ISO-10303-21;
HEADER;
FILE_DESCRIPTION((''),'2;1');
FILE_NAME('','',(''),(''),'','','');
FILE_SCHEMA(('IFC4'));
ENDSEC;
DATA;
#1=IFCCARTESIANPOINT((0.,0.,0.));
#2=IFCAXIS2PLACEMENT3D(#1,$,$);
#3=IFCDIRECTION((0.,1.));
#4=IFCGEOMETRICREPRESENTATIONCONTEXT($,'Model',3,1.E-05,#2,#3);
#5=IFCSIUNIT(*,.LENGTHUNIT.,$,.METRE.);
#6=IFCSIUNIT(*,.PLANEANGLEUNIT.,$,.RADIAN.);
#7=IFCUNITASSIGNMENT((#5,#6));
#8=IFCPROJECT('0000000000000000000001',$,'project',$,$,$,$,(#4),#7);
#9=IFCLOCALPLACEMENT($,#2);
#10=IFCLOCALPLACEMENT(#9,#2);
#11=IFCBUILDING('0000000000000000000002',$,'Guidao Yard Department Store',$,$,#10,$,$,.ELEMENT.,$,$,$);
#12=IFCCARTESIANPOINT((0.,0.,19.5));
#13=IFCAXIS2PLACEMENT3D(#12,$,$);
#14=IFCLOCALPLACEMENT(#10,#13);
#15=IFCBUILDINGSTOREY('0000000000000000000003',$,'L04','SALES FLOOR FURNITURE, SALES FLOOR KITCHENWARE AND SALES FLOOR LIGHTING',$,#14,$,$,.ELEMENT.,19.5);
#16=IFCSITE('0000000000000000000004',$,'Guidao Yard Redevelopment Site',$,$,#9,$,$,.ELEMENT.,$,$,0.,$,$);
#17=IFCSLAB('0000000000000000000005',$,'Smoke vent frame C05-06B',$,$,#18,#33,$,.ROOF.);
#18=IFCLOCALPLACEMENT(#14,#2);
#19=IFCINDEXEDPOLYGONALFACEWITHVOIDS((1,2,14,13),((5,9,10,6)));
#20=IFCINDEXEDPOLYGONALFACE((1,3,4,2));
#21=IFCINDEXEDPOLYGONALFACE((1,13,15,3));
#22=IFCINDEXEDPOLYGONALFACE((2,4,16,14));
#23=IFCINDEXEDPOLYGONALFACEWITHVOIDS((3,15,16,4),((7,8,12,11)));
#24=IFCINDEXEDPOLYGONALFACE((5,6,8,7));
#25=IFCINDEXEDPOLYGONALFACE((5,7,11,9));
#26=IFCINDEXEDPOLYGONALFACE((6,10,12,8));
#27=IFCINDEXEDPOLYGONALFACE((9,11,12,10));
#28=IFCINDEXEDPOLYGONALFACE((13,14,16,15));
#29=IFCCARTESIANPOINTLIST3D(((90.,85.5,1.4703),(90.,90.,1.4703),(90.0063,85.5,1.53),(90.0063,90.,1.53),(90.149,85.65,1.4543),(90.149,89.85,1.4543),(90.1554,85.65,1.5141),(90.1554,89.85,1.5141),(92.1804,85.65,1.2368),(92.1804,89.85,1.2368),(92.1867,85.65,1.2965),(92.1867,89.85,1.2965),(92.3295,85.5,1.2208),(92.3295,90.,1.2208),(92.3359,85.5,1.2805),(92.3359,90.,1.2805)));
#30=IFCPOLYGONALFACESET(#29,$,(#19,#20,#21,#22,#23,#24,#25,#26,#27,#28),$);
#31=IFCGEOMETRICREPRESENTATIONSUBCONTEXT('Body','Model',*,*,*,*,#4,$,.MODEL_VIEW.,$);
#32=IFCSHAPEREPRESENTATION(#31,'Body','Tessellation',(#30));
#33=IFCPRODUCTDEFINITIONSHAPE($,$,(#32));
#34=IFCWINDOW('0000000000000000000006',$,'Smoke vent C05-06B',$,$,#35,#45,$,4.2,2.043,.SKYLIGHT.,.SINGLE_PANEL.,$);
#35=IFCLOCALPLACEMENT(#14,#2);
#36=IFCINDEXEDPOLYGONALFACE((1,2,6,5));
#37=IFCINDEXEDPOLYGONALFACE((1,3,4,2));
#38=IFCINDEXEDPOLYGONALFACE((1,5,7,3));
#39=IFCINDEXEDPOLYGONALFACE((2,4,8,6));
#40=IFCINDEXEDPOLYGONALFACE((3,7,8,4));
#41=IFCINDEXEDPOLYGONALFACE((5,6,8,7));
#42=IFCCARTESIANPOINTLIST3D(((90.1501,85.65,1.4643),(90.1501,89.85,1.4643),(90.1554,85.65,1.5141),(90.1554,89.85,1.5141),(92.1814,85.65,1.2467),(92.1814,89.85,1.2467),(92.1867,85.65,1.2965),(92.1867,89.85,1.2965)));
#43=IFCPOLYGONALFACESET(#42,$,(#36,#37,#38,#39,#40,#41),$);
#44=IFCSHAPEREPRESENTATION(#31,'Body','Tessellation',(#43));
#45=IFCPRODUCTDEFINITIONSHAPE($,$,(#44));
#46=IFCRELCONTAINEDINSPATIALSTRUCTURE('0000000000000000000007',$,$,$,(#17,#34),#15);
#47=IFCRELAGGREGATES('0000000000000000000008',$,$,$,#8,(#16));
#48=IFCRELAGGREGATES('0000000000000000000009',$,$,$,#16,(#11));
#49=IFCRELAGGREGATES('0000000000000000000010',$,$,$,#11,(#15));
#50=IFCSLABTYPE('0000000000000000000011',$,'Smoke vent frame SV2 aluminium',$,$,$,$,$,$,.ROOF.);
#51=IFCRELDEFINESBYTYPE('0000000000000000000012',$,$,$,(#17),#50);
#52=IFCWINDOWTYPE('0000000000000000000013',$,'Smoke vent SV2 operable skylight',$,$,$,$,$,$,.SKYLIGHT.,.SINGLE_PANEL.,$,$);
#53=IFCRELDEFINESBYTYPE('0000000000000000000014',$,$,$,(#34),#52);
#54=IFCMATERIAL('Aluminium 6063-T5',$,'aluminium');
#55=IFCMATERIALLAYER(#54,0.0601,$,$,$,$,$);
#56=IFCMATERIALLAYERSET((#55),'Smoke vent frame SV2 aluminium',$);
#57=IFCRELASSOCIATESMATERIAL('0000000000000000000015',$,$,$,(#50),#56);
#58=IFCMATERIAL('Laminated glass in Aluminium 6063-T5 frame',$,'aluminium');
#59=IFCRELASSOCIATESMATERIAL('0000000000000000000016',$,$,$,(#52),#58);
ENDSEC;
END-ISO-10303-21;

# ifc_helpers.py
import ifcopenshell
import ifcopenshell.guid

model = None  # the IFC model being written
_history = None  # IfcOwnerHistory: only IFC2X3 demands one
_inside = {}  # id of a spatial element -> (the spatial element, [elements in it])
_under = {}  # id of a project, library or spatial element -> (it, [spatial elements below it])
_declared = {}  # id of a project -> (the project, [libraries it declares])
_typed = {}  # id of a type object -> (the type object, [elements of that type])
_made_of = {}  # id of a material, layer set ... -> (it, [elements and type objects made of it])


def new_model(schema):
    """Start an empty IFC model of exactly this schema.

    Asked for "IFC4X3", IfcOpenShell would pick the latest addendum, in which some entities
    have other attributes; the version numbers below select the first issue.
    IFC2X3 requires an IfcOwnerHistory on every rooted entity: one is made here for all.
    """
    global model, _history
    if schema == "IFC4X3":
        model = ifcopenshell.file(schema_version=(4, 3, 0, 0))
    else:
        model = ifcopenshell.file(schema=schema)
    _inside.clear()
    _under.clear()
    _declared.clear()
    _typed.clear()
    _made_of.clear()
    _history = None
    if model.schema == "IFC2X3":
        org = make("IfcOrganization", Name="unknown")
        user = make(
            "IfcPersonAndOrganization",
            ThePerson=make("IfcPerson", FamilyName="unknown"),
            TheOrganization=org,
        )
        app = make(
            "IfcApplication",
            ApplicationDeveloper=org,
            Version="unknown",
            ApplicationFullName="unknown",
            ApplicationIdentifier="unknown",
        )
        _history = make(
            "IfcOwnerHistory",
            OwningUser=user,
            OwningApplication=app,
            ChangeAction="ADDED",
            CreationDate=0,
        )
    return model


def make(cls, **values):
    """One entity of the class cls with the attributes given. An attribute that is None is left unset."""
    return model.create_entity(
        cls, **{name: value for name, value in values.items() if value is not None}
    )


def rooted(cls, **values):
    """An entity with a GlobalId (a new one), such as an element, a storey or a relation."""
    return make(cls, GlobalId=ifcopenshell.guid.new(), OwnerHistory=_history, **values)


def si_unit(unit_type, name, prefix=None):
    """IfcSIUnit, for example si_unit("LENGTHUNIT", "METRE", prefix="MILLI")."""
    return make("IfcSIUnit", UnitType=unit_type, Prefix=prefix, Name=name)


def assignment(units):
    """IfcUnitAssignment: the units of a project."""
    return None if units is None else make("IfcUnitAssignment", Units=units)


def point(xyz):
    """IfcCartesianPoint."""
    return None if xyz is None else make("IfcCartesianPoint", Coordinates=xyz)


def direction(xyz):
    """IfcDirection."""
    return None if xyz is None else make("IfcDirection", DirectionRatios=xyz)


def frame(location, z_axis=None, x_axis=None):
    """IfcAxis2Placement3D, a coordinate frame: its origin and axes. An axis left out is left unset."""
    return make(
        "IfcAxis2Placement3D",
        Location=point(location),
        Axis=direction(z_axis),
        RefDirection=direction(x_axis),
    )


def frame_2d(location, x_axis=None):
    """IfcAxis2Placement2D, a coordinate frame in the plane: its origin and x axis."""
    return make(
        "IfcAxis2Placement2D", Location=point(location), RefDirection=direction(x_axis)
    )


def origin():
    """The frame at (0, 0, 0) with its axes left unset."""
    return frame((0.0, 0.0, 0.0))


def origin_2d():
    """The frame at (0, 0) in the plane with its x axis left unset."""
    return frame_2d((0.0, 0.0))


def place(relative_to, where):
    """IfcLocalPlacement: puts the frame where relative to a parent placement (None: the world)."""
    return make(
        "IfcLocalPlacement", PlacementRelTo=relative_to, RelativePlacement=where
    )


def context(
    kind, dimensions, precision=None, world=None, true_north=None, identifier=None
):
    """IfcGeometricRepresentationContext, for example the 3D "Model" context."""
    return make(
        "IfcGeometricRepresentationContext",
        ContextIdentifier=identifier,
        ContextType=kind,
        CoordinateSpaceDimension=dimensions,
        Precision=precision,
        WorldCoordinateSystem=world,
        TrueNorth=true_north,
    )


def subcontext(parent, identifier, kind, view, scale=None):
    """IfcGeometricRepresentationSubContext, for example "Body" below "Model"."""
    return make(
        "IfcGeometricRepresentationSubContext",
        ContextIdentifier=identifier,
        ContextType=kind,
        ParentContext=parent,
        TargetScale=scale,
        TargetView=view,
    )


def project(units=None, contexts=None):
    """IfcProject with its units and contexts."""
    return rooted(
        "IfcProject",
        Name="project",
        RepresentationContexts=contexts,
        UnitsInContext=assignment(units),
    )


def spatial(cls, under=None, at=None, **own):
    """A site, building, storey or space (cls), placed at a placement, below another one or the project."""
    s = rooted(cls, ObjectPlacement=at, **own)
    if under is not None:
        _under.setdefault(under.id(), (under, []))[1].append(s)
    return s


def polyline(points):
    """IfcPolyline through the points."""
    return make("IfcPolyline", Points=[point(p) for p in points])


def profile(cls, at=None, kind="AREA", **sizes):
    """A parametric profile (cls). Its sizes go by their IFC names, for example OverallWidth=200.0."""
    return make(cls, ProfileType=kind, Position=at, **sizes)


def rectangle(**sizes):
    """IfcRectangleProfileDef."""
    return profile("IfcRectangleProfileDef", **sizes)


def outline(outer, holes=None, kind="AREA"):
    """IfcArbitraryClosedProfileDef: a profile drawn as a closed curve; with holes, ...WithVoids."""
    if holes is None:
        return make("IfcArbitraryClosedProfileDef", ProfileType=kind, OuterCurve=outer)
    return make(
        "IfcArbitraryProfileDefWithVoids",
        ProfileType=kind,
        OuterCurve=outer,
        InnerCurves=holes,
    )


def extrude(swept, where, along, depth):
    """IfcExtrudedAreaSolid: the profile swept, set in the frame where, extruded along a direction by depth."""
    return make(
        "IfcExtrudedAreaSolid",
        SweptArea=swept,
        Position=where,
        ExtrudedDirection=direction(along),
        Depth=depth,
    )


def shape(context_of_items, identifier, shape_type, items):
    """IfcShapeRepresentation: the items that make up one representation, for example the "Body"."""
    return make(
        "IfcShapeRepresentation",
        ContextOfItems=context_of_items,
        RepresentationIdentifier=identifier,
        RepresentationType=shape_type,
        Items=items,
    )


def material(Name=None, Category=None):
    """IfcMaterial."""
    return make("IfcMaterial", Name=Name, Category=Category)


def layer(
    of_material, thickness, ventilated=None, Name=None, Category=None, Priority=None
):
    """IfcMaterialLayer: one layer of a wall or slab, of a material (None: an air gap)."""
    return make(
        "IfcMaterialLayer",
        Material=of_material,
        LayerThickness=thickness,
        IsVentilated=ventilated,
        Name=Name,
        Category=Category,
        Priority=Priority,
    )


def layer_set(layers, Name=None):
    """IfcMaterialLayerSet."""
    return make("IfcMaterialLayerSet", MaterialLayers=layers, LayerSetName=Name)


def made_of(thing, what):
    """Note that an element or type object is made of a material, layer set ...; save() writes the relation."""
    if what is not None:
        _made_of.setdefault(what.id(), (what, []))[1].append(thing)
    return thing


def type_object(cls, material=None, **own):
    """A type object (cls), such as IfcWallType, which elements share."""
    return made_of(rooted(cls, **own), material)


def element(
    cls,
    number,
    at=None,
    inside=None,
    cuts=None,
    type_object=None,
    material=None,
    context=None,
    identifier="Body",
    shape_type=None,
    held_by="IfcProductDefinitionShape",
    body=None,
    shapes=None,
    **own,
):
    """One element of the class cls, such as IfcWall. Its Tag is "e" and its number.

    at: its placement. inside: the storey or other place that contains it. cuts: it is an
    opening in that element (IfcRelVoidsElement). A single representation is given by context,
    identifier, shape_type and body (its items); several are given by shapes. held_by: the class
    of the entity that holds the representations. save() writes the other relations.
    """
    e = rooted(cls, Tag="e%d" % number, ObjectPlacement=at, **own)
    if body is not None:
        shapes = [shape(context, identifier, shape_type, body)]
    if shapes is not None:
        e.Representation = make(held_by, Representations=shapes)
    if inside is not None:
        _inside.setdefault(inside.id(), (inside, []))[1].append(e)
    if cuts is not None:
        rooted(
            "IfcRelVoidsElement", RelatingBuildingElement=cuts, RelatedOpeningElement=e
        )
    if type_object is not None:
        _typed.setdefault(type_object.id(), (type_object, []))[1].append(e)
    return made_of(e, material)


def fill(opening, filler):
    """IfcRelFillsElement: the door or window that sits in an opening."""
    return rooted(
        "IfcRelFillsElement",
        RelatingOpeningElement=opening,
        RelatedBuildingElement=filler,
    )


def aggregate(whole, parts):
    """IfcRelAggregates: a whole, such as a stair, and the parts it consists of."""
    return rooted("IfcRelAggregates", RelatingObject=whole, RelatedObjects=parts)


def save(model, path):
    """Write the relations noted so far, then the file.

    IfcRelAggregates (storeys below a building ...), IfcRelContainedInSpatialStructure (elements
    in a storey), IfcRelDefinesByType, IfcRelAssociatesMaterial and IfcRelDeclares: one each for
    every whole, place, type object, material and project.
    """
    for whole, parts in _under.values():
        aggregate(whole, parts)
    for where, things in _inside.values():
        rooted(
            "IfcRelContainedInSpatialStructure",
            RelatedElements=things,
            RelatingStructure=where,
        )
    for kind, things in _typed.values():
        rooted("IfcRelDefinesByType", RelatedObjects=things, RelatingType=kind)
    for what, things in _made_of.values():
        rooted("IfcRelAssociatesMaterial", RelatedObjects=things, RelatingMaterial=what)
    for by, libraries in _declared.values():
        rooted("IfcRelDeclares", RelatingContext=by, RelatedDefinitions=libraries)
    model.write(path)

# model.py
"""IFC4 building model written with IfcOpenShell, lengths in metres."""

from ifc_helpers import new_model, si_unit, direction, frame, origin, origin_2d, place, context, subcontext, project, spatial, polyline, rectangle, outline, extrude, material, layer, layer_set, type_object, element, fill, save


model = new_model("IFC4")

# Units and contexts
model_context = context("Model", 3, precision=1e-05, world=origin(), true_north=direction((0.0, 1.0)))
body_context = subcontext(model_context, "Body", "Model", "MODEL_VIEW")
ifc_project = project(units=[si_unit("LENGTHUNIT", "METRE"), si_unit("PLANEANGLEUNIT", "RADIAN")], contexts=[model_context])

# Site, building, storey
site_placement = place(None, origin())
site = spatial("IfcSite", under=ifc_project, at=site_placement, Name="Guidao Yard Redevelopment Site", CompositionType="ELEMENT", RefElevation=0.0)
building_placement = place(site_placement, origin())
building = spatial("IfcBuilding", under=site, at=building_placement, Name="Guidao Yard Department Store", CompositionType="ELEMENT")
storey_placement = place(building_placement, frame((0.0, 0.0, 19.5)))
storey = spatial("IfcBuildingStorey", under=building, at=storey_placement, Name="L04", Description="SALES FLOOR FURNITURE, SALES FLOOR KITCHENWARE AND SALES FLOOR LIGHTING", CompositionType="ELEMENT", Elevation=19.5)

# Slab, opening, window
ifc_material_1 = material(Name="Aluminium 6063-T5", Category="aluminium")
ifc_layer = layer(ifc_material_1, 0.0601)
ifc_layer_set = layer_set([ifc_layer], Name="Smoke vent frame SV2 aluminium")
slab_type = type_object("IfcSlabType", Name="Smoke vent frame SV2 aluminium", PredefinedType="ROOF", material=ifc_layer_set)
ifc_material_2 = material(Name="Laminated glass in Aluminium 6063-T5 frame", Category="aluminium")
window_type = type_object("IfcWindowType", Name="Smoke vent SV2 operable skylight", PartitioningType="SINGLE_PANEL", PredefinedType="SKYLIGHT", material=ifc_material_2)
slab_1_placement = place(storey_placement, frame((90.0063, 85.5, 1.53), z_axis=(0.106496, 0.0, 0.994313), x_axis=(0.994313, 0.0, -0.106496)))
slab_1 = element("IfcSlab", 1, at=slab_1_placement, inside=storey, type_object=slab_type, Name="Smoke vent frame C05-06B", PredefinedType="ROOF", context=body_context, shape_type="SweptSolid", body=[
    extrude(outline(polyline([(0.0, 0.0), (2.3429, 0.0), (2.3429, 4.5), (0.0, 4.5), (0.0, 0.0)])), origin(), (0.0, 0.0, -1.0), 0.0601),
])
opening_1_placement = place(slab_1_placement, frame((1.1714, 2.25, 0.0)))
opening_1 = element("IfcOpeningElement", 2, at=opening_1_placement, cuts=slab_1, PredefinedType="OPENING", context=body_context, shape_type="SweptSolid", body=[
    extrude(rectangle(XDim=2.043, YDim=4.2, at=origin_2d()), frame((0.0, 0.0, 0.01)), (0.0, 0.0, -1.0), 0.0801),
])
window_1_placement = place(opening_1_placement, frame((0.0, 0.0, -0.05)))
window_1 = element("IfcWindow", 3, at=window_1_placement, inside=storey, type_object=window_type, Name="Smoke vent C05-06B", OverallHeight=4.2, OverallWidth=2.043, PartitioningType="SINGLE_PANEL", PredefinedType="SKYLIGHT", context=body_context, shape_type="SweptSolid", body=[
    extrude(rectangle(XDim=2.043, YDim=4.2, at=origin_2d()), origin(), (0.0, 0.0, 1.0), 0.05),
])
fill(opening_1, window_1)

save(model, "model.ifc")
